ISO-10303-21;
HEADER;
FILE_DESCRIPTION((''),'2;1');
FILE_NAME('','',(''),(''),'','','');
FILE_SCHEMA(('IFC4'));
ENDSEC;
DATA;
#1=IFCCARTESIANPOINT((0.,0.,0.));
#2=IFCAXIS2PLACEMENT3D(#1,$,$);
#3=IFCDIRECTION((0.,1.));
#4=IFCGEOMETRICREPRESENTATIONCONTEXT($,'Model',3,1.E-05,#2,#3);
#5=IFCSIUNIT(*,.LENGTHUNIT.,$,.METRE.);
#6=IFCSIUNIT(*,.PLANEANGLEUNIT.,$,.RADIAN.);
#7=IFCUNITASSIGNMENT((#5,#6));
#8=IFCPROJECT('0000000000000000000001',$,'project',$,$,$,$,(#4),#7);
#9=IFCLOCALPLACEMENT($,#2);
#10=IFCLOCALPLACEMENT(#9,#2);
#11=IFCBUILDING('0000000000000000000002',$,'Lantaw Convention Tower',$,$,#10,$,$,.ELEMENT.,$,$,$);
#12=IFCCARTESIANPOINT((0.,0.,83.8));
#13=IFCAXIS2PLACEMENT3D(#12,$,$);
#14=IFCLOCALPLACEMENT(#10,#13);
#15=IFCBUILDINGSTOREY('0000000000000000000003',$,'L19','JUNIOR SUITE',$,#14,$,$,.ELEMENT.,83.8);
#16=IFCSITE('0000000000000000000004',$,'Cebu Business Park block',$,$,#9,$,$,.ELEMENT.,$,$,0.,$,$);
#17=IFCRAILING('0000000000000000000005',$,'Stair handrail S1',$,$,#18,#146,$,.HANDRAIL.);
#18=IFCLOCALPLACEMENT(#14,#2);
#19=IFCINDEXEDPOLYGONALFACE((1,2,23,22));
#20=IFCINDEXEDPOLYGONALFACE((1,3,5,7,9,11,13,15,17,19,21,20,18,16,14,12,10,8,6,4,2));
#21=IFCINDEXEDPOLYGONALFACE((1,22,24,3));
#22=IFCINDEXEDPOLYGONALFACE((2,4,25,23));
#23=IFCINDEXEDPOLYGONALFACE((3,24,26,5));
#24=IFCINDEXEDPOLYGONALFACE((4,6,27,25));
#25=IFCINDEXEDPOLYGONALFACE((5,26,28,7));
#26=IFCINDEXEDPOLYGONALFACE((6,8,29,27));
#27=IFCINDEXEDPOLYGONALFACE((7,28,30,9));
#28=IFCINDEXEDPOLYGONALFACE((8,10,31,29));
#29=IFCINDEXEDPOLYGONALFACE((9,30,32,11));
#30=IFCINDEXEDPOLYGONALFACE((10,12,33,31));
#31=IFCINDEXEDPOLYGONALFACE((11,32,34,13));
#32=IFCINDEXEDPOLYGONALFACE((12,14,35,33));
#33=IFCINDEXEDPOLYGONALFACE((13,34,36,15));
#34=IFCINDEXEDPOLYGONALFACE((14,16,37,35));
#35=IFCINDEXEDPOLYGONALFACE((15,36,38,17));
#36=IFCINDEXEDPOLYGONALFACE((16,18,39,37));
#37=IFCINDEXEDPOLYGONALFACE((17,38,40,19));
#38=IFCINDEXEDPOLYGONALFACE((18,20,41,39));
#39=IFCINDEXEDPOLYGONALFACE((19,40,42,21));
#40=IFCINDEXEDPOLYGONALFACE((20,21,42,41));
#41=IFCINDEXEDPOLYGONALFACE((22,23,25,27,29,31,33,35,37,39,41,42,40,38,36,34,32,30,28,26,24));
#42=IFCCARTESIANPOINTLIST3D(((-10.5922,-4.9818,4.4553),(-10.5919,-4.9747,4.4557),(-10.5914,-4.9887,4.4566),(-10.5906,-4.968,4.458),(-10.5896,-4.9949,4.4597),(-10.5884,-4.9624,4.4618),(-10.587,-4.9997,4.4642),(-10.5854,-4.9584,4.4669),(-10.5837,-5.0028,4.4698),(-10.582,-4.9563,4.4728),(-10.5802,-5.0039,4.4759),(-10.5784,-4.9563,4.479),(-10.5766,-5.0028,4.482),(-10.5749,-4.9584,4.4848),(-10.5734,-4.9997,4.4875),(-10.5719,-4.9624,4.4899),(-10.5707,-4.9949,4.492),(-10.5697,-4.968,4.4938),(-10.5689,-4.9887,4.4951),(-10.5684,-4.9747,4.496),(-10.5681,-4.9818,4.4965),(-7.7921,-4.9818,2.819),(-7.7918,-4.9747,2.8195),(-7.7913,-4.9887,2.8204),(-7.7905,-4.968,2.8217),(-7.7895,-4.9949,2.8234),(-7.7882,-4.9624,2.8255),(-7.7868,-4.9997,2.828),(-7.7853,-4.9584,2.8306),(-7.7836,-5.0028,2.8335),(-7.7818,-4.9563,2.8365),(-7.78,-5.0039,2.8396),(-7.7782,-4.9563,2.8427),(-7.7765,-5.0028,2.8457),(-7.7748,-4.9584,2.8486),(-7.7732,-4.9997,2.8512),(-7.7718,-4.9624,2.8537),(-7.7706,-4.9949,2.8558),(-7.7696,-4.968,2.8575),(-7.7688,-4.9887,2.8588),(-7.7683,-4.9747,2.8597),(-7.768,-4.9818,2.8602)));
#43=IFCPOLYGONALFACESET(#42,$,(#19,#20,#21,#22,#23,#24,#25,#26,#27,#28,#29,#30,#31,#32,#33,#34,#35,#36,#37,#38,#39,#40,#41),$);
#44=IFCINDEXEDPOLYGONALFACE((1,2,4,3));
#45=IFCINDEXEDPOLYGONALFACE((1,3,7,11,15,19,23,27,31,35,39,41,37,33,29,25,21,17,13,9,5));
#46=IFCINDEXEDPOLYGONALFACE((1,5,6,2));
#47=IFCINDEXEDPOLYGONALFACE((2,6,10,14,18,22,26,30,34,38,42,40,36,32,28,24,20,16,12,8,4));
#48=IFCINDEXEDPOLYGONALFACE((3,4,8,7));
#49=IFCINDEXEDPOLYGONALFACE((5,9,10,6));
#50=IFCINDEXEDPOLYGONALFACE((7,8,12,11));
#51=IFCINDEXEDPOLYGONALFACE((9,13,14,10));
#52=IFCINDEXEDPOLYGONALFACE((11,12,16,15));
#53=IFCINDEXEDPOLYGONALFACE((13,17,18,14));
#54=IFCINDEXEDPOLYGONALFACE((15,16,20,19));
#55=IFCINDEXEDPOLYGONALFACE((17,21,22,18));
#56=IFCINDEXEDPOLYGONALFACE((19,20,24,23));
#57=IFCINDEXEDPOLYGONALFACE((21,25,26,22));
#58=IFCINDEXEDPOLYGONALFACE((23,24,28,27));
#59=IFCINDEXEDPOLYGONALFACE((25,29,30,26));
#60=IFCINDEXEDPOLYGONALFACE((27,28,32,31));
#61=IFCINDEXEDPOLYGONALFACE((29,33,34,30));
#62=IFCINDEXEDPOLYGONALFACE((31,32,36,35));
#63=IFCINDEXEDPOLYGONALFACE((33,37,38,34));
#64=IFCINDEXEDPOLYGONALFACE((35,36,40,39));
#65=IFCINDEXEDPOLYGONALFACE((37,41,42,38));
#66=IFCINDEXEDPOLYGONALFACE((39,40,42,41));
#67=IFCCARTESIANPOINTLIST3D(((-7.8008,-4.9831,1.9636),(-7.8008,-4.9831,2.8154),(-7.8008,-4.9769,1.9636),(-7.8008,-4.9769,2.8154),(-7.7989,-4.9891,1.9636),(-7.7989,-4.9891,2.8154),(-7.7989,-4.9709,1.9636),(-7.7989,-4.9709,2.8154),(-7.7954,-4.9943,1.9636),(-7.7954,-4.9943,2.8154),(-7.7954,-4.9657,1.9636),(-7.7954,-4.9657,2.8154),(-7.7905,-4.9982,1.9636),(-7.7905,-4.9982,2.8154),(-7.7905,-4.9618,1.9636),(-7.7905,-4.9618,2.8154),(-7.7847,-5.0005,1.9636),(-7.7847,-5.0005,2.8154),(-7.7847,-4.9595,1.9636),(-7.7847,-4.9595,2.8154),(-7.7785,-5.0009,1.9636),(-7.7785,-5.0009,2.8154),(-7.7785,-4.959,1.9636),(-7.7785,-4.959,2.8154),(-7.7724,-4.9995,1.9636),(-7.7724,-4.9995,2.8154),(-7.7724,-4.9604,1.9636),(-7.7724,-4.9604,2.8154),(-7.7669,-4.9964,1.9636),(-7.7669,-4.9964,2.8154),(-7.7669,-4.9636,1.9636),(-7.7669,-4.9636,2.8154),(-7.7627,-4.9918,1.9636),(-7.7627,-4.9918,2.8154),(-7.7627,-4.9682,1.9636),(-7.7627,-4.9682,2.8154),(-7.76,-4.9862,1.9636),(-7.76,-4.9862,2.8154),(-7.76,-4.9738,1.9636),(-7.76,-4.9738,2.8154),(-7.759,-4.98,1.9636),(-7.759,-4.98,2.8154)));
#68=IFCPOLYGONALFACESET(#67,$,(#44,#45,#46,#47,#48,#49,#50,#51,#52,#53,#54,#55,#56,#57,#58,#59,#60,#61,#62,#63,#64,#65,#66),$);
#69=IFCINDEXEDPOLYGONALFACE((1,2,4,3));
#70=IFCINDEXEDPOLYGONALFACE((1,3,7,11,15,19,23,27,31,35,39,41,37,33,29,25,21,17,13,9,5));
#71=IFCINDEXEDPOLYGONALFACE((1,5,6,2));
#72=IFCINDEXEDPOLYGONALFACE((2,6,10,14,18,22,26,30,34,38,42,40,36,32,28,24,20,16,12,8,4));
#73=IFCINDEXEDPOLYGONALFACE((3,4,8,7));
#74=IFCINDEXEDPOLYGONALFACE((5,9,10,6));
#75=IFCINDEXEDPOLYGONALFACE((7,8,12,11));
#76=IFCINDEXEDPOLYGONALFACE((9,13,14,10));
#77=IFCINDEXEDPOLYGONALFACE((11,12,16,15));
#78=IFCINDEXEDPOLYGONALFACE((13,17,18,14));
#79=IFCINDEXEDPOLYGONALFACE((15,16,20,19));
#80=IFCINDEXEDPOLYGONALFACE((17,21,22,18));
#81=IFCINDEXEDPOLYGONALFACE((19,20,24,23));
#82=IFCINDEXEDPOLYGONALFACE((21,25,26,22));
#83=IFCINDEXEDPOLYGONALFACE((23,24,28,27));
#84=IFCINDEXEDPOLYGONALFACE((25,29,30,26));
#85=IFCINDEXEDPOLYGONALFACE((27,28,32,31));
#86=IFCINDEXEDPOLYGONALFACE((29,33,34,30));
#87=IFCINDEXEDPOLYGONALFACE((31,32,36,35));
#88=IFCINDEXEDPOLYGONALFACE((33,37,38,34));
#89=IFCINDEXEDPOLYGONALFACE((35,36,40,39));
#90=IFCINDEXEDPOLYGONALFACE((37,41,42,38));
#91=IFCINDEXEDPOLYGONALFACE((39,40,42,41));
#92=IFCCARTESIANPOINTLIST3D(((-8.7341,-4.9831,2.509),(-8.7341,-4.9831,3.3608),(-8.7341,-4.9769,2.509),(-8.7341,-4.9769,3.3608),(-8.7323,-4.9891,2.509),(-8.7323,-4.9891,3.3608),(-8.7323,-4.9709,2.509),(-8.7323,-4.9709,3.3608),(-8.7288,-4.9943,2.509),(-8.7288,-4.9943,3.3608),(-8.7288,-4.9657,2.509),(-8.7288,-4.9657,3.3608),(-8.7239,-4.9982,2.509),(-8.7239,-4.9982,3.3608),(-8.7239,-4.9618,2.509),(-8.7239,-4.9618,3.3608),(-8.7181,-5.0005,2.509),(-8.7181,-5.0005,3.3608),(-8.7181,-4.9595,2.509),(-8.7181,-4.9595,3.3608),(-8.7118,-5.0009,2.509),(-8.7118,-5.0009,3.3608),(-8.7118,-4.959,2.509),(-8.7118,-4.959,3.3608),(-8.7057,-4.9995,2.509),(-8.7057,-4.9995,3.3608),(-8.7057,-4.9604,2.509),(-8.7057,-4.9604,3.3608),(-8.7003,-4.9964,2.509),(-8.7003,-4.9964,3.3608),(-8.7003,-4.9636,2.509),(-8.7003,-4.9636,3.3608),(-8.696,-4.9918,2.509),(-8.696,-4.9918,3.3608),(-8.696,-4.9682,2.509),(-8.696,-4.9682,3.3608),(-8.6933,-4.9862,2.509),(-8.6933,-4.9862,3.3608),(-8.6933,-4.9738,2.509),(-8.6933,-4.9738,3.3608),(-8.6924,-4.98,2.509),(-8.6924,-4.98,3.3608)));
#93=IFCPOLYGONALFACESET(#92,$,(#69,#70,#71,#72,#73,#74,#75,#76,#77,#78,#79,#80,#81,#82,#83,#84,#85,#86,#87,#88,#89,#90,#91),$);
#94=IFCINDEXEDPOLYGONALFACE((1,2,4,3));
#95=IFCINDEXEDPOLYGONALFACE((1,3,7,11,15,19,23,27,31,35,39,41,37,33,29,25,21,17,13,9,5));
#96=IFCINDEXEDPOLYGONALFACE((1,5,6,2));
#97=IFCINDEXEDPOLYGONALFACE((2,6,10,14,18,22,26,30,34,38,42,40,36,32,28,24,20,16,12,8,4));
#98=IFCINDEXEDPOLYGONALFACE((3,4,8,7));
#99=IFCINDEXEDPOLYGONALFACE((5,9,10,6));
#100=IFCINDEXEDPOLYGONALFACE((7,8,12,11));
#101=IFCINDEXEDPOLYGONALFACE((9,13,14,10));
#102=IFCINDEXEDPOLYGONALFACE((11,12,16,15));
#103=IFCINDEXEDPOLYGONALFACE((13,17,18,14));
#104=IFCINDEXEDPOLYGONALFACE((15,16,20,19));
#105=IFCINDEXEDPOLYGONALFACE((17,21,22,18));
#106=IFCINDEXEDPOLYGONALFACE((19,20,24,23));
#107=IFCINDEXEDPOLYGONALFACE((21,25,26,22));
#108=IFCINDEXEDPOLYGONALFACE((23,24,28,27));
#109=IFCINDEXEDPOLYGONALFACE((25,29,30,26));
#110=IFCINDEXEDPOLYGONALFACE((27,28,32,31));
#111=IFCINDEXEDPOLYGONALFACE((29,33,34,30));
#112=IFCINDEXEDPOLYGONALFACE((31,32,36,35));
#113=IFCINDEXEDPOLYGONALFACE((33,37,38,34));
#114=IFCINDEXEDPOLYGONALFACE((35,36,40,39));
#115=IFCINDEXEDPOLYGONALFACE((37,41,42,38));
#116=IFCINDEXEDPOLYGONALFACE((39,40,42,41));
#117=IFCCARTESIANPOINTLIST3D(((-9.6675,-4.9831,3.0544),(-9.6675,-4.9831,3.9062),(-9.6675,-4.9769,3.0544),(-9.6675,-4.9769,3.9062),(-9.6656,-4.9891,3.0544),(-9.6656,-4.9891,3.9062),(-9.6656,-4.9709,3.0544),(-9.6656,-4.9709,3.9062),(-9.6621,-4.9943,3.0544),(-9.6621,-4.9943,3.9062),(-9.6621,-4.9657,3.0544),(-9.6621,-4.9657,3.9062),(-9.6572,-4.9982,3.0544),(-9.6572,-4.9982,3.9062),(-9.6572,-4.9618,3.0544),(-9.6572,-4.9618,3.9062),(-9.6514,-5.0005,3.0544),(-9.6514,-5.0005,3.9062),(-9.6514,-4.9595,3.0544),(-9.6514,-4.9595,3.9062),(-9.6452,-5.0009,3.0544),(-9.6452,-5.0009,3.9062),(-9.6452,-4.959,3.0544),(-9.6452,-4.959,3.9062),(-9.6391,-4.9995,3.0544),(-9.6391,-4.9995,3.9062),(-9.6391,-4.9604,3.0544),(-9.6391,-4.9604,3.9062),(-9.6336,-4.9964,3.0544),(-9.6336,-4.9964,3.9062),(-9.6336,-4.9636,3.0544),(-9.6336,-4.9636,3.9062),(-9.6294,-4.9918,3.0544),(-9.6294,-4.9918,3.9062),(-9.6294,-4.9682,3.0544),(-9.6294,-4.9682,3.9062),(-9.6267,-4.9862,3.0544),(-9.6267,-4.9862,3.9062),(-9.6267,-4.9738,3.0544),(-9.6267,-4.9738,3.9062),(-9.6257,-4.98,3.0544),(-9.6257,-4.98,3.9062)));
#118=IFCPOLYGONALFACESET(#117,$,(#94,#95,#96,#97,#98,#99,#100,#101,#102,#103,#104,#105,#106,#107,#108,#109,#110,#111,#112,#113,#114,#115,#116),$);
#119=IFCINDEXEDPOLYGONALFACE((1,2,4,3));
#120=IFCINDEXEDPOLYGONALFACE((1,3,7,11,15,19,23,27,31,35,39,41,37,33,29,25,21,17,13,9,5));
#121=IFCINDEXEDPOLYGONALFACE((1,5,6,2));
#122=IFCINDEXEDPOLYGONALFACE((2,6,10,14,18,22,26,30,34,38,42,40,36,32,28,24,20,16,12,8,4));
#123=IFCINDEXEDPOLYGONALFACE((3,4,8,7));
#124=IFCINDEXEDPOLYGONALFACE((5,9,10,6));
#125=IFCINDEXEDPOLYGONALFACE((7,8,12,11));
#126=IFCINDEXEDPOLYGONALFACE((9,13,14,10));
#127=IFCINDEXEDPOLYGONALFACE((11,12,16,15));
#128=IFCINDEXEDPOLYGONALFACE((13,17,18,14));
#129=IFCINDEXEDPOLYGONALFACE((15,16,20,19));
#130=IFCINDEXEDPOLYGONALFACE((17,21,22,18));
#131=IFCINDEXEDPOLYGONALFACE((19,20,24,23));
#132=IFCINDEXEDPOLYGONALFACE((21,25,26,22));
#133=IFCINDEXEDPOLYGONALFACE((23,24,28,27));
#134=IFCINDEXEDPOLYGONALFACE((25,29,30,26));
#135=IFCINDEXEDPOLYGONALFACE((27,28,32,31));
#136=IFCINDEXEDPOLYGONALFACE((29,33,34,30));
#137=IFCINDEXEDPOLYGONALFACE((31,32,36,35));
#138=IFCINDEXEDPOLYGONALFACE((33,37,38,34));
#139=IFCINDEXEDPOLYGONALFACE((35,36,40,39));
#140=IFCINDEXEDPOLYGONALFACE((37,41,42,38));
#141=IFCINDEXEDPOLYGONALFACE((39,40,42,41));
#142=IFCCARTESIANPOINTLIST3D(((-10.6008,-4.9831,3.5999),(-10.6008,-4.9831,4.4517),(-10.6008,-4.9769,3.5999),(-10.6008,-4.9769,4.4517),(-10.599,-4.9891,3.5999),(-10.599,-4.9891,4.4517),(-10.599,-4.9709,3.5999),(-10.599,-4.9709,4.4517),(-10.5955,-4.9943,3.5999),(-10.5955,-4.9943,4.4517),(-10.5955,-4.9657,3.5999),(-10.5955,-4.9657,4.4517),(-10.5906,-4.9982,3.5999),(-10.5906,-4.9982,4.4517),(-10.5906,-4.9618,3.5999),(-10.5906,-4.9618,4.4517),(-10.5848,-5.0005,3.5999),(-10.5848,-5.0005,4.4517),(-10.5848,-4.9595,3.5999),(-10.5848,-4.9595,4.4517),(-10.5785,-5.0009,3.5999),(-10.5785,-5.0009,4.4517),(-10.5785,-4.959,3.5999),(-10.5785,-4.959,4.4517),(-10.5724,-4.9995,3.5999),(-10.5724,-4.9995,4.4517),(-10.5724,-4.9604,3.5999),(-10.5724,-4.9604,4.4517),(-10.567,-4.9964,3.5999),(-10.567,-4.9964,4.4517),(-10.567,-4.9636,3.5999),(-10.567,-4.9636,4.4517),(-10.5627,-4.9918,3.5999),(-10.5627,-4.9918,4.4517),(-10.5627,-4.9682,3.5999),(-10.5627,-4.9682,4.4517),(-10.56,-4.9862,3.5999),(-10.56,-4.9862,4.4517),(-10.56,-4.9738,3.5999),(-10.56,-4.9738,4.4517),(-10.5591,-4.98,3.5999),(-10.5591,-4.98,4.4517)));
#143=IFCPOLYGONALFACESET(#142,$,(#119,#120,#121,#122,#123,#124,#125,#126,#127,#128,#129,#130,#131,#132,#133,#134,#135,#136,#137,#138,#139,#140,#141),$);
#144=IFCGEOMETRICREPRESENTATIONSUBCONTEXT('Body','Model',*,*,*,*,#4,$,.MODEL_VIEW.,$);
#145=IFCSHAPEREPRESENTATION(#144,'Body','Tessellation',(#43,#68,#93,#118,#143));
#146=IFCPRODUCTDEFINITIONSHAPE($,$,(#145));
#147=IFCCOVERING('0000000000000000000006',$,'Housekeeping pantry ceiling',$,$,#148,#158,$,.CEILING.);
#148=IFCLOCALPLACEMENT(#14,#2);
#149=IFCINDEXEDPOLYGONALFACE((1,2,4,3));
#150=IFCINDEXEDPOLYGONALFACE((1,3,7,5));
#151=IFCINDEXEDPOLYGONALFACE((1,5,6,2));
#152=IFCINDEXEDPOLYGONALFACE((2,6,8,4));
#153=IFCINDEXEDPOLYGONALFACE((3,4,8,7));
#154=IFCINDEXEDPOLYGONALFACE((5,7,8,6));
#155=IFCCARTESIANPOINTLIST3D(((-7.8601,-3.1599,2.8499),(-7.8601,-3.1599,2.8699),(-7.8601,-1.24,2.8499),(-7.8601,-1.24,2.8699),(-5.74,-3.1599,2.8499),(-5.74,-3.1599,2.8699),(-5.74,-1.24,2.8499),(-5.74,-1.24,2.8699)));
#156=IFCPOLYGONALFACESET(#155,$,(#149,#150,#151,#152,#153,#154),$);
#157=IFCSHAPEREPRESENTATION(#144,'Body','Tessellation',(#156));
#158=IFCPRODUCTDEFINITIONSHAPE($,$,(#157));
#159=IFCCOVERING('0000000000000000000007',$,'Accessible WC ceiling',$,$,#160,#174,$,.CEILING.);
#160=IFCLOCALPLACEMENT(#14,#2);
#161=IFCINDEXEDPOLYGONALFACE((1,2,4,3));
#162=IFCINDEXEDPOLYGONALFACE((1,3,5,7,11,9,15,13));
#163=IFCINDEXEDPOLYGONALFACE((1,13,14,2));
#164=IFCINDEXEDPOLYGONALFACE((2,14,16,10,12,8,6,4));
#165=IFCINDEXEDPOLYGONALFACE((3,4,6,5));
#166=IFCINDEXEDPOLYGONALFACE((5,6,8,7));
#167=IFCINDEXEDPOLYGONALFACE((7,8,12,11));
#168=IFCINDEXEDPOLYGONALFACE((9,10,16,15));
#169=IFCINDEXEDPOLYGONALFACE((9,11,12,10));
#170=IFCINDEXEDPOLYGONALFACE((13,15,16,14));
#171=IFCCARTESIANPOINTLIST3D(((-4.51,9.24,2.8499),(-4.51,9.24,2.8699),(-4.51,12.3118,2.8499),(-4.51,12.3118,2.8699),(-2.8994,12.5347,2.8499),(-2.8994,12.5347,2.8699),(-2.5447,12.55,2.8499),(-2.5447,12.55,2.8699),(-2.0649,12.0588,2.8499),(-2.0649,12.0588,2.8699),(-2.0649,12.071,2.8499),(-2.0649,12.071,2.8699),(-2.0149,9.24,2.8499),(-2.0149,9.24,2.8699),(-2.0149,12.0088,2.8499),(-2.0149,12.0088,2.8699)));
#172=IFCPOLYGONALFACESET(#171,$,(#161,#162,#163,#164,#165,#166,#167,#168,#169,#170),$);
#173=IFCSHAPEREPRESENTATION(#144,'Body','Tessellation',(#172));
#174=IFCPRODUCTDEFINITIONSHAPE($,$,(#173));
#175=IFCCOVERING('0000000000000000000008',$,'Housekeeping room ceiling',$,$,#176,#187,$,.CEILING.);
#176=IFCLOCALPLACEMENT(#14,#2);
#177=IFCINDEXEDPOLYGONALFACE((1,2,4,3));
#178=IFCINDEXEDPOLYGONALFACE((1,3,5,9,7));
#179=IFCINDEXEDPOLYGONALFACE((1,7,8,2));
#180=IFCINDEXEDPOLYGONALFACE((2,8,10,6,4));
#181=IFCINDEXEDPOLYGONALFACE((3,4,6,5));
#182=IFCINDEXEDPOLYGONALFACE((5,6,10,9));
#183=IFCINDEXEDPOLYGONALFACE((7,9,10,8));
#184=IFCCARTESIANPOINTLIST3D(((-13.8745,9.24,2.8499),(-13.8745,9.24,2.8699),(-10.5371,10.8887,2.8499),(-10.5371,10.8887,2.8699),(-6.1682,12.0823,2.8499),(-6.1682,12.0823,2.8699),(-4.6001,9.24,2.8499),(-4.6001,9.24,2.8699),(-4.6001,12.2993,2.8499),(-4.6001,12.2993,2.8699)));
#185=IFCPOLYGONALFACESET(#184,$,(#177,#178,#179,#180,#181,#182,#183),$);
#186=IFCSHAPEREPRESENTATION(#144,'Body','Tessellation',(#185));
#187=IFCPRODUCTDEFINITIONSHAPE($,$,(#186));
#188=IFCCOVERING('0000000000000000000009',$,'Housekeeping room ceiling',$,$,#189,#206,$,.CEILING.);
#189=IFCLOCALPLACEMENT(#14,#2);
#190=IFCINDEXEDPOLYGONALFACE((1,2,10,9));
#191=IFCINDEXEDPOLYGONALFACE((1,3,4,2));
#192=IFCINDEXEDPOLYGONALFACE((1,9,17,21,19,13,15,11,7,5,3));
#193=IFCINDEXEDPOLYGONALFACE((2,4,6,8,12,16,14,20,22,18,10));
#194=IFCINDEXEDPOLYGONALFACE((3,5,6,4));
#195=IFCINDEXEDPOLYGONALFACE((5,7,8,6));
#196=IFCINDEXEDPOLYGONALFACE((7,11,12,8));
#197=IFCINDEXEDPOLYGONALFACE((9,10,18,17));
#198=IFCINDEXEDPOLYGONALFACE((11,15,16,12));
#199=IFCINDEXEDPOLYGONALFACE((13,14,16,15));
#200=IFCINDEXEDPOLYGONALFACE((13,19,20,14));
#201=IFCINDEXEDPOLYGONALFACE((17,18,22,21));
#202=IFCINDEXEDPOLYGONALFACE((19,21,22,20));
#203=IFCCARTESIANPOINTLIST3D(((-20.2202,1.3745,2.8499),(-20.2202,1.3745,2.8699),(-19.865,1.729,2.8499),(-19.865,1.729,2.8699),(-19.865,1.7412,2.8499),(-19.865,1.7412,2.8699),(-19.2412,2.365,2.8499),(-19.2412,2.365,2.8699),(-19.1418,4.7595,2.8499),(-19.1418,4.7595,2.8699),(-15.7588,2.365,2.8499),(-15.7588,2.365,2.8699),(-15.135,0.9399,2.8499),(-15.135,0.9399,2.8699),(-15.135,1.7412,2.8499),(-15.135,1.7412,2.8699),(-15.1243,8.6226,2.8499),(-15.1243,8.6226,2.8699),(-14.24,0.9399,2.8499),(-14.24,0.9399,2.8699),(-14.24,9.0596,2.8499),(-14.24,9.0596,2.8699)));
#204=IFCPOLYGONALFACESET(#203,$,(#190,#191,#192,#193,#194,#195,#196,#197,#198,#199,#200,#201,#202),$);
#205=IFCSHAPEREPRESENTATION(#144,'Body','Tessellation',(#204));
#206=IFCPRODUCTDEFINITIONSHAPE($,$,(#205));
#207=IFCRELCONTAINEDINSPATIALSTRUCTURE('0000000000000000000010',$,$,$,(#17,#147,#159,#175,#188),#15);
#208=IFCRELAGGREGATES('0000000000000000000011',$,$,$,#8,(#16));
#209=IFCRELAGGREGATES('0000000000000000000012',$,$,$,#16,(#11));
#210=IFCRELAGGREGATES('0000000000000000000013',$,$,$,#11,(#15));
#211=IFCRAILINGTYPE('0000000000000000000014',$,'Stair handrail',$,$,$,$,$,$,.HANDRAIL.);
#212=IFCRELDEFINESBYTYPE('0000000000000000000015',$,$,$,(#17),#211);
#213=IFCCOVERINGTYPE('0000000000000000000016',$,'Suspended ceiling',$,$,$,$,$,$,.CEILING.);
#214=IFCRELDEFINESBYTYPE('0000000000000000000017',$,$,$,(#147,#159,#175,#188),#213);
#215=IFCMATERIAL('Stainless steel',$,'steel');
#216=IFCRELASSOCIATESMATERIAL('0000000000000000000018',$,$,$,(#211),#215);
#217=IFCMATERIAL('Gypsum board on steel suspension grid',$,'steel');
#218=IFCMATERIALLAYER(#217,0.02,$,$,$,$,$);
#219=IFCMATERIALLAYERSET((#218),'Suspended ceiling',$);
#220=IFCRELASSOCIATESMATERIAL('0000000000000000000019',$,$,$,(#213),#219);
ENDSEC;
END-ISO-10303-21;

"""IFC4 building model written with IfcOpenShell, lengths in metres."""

from ifc_helpers import new_model, si_unit, direction, frame, origin, origin_2d, place, context, subcontext, project, spatial, polyline, circle, outline, extrude, material, layer, layer_set, type_object, element, save


model = new_model("IFC4")

# Units and contexts
model_context = context("Model", 3, precision=1e-05, world=origin(), true_north=direction((0.0, 1.0)))
body_context = subcontext(model_context, "Body", "Model", "MODEL_VIEW")
ifc_project = project(units=[si_unit("LENGTHUNIT", "METRE"), si_unit("PLANEANGLEUNIT", "RADIAN")], contexts=[model_context])

# Site, building, storey
site_placement = place(None, origin())
site = spatial("IfcSite", under=ifc_project, at=site_placement, Name="Cebu Business Park block", CompositionType="ELEMENT", RefElevation=0.0)
building_placement = place(site_placement, origin())
building = spatial("IfcBuilding", under=site, at=building_placement, Name="Lantaw Convention Tower", CompositionType="ELEMENT")
storey_placement = place(building_placement, frame((0.0, 0.0, 83.8)))
storey = spatial("IfcBuildingStorey", under=building, at=storey_placement, Name="L19", Description="JUNIOR SUITE", CompositionType="ELEMENT", Elevation=83.8)

# Shared definitions
ifc_material_1 = material(Name="Stainless steel", Category="steel")

# Railing
railing_type = type_object("IfcRailingType", Name="Stair handrail", PredefinedType="HANDRAIL", material=ifc_material_1)
railing_1_placement = place(storey_placement, frame((-7.78, -4.98, 1.9636)))
element("IfcRailing", 1, at=railing_1_placement, inside=storey, type_object=railing_type, Name="Stair handrail S1", PredefinedType="HANDRAIL", context=body_context, shape_type="SweptSolid", body=[
    extrude(circle(Radius=0.0239, at=origin_2d()), frame((0.0, 0.0, 0.876), z_axis=(-0.863394, 0.0, 0.504531), x_axis=(0.0, -1.0, 0.0)), (0.0, 0.0, 1.0), 3.2432),
    extrude(circle(Radius=0.021, at=origin_2d()), origin(), (0.0, 0.0, 1.0), 0.8518),
    extrude(circle(Radius=0.021, at=origin_2d()), frame((-0.9333, 0.0, 0.5454)), (0.0, 0.0, 1.0), 0.8518),
    extrude(circle(Radius=0.021, at=origin_2d()), frame((-1.8667, 0.0, 1.0908)), (0.0, 0.0, 1.0), 0.8518),
    extrude(circle(Radius=0.021, at=origin_2d()), frame((-2.8, 0.0, 1.6362)), (0.0, 0.0, 1.0), 0.8518),
])

# Coverings
ifc_material_2 = material(Name="Gypsum board on steel suspension grid", Category="steel")
ifc_layer_1 = layer(ifc_material_2, 0.02)
ifc_layer_set_1 = layer_set([ifc_layer_1], Name="Suspended ceiling")
covering_type = type_object("IfcCoveringType", Name="Suspended ceiling", PredefinedType="CEILING", material=ifc_layer_set_1)
covering_1_placement = place(storey_placement, frame((0.0, 0.0, 2.8499)))
element("IfcCovering", 2, at=covering_1_placement, inside=storey, type_object=covering_type, Name="Housekeeping pantry ceiling", PredefinedType="CEILING", context=body_context, shape_type="SweptSolid", body=[
    extrude(outline(polyline([(-7.8601, -3.1599), (-5.74, -3.1599), (-5.74, -1.24), (-7.8601, -1.24), (-7.8601, -3.1599)])), origin(), (0.0, 0.0, 1.0), 0.02),
])
covering_2_placement = place(storey_placement, frame((0.0, 0.0, 2.8499)))
element("IfcCovering", 3, at=covering_2_placement, inside=storey, type_object=covering_type, Name="Accessible WC ceiling", PredefinedType="CEILING", context=body_context, shape_type="SweptSolid", body=[
    extrude(outline(polyline([(-4.51, 9.24), (-2.0149, 9.24), (-2.0149, 12.0088), (-2.0649, 12.0588), (-2.0649, 12.071), (-2.5447, 12.55), (-2.8994, 12.5347), (-4.51, 12.3118), (-4.51, 9.24)])), origin(), (0.0, 0.0, 1.0), 0.02),
])
covering_3_placement = place(storey_placement, frame((0.0, 0.0, 2.8499)))
element("IfcCovering", 4, at=covering_3_placement, inside=storey, type_object=covering_type, Name="Housekeeping room ceiling", PredefinedType="CEILING", context=body_context, shape_type="SweptSolid", body=[
    extrude(outline(polyline([(-13.8745, 9.24), (-4.6001, 9.24), (-4.6001, 12.2993), (-6.1682, 12.0823), (-10.5371, 10.8887), (-13.8745, 9.24)])), origin(), (0.0, 0.0, 1.0), 0.02),
])
covering_4_placement = place(storey_placement, frame((0.0, 0.0, 2.8499)))
element("IfcCovering", 5, at=covering_4_placement, inside=storey, type_object=covering_type, Name="Housekeeping room ceiling", PredefinedType="CEILING", context=body_context, shape_type="SweptSolid", body=[
    extrude(outline(polyline([(-19.865, 1.729), (-19.865, 1.7412), (-19.2412, 2.365), (-15.7588, 2.365), (-15.135, 1.7412), (-15.135, 0.9399), (-14.24, 0.9399), (-14.24, 9.0596), (-15.1243, 8.6226), (-19.1418, 4.7595), (-20.2202, 1.3745), (-19.865, 1.729)])), origin(), (0.0, 0.0, 1.0), 0.02),
])

save(model, "model.ifc")
